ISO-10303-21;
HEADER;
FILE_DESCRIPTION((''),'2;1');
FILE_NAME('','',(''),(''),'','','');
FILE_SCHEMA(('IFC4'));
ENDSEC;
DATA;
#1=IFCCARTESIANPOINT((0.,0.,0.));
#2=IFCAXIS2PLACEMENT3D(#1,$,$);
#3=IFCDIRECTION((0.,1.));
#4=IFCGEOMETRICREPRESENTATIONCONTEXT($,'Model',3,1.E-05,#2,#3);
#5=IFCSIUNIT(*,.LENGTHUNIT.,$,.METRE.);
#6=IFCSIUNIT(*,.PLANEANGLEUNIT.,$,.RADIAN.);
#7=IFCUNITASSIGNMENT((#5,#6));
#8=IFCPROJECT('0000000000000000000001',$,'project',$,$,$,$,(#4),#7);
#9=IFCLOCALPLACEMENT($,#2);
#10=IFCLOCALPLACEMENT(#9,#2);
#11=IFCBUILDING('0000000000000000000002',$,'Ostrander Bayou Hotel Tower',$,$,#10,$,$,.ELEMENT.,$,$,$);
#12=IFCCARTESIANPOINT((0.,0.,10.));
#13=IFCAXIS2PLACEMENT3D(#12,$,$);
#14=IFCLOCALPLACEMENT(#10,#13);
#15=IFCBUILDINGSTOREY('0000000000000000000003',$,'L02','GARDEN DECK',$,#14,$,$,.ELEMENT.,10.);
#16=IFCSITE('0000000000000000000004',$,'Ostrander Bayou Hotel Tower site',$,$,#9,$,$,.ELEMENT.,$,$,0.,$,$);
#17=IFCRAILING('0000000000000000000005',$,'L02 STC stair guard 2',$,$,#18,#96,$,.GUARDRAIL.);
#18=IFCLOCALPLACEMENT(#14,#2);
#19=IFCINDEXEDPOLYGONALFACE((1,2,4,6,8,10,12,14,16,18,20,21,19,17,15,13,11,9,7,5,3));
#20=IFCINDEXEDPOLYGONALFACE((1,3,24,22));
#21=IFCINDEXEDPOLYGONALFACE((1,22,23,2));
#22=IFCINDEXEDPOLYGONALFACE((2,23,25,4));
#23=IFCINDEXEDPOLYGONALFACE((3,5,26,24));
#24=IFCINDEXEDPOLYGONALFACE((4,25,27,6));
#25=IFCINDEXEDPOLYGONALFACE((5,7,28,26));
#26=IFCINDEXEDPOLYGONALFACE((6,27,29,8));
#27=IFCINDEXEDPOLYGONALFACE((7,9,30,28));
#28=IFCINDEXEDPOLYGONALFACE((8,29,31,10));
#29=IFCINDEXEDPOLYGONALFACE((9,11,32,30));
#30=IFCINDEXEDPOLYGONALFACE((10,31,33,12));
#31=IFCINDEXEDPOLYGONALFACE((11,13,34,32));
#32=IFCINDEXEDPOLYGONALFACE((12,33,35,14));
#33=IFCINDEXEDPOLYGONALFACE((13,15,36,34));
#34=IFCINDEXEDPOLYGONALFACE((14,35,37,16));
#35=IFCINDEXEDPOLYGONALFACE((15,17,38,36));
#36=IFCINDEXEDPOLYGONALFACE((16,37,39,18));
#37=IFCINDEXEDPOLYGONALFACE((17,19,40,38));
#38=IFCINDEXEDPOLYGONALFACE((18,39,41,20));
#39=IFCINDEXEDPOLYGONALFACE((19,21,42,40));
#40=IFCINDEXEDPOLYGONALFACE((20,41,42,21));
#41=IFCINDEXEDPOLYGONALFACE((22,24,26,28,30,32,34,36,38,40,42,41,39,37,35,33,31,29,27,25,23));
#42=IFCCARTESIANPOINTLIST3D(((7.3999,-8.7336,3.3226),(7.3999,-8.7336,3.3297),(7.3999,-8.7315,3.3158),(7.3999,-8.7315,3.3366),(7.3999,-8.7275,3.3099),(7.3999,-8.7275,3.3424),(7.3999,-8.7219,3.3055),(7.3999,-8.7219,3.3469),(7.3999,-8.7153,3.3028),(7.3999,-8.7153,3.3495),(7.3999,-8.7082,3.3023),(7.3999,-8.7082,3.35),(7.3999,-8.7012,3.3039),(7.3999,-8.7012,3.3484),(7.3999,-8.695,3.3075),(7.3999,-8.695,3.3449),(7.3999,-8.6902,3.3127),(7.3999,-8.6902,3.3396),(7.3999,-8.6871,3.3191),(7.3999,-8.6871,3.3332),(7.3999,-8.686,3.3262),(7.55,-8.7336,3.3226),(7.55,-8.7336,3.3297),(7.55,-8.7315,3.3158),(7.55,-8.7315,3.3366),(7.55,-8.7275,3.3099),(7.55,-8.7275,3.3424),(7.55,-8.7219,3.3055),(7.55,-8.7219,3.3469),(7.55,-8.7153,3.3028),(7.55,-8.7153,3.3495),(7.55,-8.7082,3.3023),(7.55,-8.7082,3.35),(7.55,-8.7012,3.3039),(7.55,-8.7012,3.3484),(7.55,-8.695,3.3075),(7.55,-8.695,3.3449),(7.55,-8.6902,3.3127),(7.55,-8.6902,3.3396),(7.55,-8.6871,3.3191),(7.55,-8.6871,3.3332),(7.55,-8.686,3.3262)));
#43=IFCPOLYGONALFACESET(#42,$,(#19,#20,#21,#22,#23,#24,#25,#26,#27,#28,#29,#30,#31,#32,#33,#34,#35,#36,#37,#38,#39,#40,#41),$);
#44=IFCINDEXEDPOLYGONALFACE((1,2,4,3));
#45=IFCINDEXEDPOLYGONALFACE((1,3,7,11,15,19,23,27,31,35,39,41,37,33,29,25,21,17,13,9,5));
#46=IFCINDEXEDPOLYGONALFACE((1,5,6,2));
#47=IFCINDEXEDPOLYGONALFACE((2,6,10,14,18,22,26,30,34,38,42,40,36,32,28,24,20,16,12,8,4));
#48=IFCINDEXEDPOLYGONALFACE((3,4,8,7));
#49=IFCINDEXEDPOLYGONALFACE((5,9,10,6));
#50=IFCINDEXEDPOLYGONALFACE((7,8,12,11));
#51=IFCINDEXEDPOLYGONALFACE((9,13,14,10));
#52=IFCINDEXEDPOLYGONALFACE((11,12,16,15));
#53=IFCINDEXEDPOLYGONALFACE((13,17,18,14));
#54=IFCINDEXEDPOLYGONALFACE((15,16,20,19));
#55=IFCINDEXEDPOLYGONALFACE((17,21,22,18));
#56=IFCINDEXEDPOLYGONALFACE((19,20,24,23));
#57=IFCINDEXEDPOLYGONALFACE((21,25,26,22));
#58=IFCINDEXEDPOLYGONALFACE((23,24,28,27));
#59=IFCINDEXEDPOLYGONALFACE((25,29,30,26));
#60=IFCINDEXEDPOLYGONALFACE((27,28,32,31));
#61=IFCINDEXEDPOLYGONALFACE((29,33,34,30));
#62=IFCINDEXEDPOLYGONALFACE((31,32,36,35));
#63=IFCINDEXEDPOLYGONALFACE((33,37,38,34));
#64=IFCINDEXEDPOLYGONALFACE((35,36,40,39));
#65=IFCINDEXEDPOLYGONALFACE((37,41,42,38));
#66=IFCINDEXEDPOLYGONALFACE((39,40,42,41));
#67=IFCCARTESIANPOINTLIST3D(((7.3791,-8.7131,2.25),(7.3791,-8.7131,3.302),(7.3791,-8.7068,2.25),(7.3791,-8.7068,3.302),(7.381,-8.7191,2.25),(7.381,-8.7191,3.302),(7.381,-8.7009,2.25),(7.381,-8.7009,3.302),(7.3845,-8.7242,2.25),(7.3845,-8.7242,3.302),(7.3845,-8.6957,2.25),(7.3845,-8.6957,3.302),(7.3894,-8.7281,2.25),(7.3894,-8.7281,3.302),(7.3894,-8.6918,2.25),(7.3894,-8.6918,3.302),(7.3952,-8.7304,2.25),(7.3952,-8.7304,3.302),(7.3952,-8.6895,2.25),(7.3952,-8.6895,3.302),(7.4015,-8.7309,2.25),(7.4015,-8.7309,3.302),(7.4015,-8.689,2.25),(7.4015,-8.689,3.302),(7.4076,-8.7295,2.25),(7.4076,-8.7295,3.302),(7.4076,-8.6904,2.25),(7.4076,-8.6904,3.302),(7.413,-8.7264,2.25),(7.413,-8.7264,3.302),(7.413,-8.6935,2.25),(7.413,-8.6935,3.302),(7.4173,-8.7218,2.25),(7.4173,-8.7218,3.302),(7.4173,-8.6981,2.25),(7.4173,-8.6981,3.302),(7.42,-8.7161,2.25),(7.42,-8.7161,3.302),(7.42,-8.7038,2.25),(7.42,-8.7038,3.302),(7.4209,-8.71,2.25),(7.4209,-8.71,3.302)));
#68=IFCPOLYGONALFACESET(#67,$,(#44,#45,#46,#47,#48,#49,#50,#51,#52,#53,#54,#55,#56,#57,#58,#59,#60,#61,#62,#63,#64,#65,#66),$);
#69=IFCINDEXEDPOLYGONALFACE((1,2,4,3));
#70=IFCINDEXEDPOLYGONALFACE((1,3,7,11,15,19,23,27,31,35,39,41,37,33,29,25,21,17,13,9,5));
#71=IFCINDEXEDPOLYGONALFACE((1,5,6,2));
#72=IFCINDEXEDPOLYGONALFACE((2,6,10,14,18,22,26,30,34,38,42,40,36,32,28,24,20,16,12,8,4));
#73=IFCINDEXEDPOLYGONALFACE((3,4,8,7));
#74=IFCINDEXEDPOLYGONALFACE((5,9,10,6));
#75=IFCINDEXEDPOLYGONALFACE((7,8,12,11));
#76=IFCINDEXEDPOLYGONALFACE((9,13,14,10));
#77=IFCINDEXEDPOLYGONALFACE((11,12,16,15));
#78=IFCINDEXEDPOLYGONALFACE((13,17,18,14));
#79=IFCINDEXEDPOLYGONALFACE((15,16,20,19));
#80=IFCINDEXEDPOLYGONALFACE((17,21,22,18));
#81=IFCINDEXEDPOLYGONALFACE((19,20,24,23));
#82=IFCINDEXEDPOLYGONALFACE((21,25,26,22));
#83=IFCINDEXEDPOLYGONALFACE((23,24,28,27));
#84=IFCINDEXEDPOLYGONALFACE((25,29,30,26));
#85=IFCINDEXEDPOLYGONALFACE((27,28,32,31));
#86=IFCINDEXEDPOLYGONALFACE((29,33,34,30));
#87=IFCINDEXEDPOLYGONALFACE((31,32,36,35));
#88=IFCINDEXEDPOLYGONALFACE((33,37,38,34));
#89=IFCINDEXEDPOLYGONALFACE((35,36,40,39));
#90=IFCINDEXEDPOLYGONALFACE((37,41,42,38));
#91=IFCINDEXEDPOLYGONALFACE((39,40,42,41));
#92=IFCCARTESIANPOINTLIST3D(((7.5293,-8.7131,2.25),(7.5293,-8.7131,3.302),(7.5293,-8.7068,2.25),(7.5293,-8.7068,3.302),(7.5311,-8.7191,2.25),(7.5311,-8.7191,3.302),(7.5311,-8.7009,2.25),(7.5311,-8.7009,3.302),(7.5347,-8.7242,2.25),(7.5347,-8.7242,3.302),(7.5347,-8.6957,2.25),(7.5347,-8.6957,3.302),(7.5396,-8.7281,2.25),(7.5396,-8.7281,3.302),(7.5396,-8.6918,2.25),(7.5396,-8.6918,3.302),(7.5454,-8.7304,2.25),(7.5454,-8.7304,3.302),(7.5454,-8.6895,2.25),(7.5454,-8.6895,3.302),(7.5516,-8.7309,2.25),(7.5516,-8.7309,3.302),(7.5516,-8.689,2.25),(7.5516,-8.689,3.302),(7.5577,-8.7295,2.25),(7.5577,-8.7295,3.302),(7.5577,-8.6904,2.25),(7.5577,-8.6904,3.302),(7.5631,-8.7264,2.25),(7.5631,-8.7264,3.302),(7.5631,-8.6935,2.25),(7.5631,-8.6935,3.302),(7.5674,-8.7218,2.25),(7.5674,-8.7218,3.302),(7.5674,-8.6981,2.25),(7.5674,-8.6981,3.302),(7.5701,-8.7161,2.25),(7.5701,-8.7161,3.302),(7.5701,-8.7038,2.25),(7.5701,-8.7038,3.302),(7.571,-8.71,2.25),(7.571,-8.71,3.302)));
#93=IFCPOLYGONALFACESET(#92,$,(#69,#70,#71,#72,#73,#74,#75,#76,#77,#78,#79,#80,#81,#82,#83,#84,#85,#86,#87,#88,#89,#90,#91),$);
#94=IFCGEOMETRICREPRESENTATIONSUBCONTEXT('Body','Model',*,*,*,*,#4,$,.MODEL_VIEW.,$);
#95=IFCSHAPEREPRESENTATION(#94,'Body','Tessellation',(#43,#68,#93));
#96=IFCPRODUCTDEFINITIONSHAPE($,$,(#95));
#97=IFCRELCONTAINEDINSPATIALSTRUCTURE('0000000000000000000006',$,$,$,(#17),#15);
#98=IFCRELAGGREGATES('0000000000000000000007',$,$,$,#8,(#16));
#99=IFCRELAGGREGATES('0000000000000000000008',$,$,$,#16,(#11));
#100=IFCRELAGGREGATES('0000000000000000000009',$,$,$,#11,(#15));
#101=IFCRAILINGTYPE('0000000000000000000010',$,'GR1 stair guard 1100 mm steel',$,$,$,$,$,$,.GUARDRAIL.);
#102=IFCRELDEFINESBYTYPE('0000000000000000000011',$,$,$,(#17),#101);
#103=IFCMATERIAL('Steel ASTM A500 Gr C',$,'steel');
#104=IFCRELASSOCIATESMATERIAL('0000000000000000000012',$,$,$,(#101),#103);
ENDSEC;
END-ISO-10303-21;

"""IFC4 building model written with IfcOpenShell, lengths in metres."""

from ifc_helpers import new_model, si_unit, direction, frame, origin, origin_2d, place, context, subcontext, project, spatial, circle, extrude, material, type_object, element, save


model = new_model("IFC4")

# Units and contexts
model_context = context("Model", 3, precision=1e-05, world=origin(), true_north=direction((0.0, 1.0)))
body_context = subcontext(model_context, "Body", "Model", "MODEL_VIEW")
ifc_project = project(units=[si_unit("LENGTHUNIT", "METRE"), si_unit("PLANEANGLEUNIT", "RADIAN")], contexts=[model_context])

# Site, building, storey
site_placement = place(None, origin())
site = spatial("IfcSite", under=ifc_project, at=site_placement, Name="Ostrander Bayou Hotel Tower site", CompositionType="ELEMENT", RefElevation=0.0)
building_placement = place(site_placement, origin())
building = spatial("IfcBuilding", under=site, at=building_placement, Name="Ostrander Bayou Hotel Tower", CompositionType="ELEMENT")
storey_placement = place(building_placement, frame((0.0, 0.0, 10.0)))
storey = spatial("IfcBuildingStorey", under=building, at=storey_placement, Name="L02", Description="GARDEN DECK", CompositionType="ELEMENT", Elevation=10.0)

# Railing
ifc_material_1 = material(Name="Steel ASTM A500 Gr C", Category="steel")
railing_type = type_object("IfcRailingType", Name="GR1 stair guard 1100 mm steel", PredefinedType="GUARDRAIL", material=ifc_material_1)
railing_1_placement = place(storey_placement, frame((7.3999, -8.71, 2.25)))
element("IfcRailing", 1, at=railing_1_placement, inside=storey, type_object=railing_type, Name="L02 STC stair guard 2", PredefinedType="GUARDRAIL", context=body_context, shape_type="SweptSolid", body=[
    extrude(circle(Radius=0.0239, at=origin_2d()), frame((0.0, 0.0, 1.0762), z_axis=(1.0, 0.0, 0.0), x_axis=(0.0, 1.0, 0.0)), (0.0, 0.0, 1.0), 0.1501),
    extrude(circle(Radius=0.021, at=origin_2d()), origin(), (0.0, 0.0, 1.0), 1.052),
    extrude(circle(Radius=0.021, at=origin_2d()), frame((0.1501, 0.0, 0.0)), (0.0, 0.0, 1.0), 1.052),
])

save(model, "model.ifc")
